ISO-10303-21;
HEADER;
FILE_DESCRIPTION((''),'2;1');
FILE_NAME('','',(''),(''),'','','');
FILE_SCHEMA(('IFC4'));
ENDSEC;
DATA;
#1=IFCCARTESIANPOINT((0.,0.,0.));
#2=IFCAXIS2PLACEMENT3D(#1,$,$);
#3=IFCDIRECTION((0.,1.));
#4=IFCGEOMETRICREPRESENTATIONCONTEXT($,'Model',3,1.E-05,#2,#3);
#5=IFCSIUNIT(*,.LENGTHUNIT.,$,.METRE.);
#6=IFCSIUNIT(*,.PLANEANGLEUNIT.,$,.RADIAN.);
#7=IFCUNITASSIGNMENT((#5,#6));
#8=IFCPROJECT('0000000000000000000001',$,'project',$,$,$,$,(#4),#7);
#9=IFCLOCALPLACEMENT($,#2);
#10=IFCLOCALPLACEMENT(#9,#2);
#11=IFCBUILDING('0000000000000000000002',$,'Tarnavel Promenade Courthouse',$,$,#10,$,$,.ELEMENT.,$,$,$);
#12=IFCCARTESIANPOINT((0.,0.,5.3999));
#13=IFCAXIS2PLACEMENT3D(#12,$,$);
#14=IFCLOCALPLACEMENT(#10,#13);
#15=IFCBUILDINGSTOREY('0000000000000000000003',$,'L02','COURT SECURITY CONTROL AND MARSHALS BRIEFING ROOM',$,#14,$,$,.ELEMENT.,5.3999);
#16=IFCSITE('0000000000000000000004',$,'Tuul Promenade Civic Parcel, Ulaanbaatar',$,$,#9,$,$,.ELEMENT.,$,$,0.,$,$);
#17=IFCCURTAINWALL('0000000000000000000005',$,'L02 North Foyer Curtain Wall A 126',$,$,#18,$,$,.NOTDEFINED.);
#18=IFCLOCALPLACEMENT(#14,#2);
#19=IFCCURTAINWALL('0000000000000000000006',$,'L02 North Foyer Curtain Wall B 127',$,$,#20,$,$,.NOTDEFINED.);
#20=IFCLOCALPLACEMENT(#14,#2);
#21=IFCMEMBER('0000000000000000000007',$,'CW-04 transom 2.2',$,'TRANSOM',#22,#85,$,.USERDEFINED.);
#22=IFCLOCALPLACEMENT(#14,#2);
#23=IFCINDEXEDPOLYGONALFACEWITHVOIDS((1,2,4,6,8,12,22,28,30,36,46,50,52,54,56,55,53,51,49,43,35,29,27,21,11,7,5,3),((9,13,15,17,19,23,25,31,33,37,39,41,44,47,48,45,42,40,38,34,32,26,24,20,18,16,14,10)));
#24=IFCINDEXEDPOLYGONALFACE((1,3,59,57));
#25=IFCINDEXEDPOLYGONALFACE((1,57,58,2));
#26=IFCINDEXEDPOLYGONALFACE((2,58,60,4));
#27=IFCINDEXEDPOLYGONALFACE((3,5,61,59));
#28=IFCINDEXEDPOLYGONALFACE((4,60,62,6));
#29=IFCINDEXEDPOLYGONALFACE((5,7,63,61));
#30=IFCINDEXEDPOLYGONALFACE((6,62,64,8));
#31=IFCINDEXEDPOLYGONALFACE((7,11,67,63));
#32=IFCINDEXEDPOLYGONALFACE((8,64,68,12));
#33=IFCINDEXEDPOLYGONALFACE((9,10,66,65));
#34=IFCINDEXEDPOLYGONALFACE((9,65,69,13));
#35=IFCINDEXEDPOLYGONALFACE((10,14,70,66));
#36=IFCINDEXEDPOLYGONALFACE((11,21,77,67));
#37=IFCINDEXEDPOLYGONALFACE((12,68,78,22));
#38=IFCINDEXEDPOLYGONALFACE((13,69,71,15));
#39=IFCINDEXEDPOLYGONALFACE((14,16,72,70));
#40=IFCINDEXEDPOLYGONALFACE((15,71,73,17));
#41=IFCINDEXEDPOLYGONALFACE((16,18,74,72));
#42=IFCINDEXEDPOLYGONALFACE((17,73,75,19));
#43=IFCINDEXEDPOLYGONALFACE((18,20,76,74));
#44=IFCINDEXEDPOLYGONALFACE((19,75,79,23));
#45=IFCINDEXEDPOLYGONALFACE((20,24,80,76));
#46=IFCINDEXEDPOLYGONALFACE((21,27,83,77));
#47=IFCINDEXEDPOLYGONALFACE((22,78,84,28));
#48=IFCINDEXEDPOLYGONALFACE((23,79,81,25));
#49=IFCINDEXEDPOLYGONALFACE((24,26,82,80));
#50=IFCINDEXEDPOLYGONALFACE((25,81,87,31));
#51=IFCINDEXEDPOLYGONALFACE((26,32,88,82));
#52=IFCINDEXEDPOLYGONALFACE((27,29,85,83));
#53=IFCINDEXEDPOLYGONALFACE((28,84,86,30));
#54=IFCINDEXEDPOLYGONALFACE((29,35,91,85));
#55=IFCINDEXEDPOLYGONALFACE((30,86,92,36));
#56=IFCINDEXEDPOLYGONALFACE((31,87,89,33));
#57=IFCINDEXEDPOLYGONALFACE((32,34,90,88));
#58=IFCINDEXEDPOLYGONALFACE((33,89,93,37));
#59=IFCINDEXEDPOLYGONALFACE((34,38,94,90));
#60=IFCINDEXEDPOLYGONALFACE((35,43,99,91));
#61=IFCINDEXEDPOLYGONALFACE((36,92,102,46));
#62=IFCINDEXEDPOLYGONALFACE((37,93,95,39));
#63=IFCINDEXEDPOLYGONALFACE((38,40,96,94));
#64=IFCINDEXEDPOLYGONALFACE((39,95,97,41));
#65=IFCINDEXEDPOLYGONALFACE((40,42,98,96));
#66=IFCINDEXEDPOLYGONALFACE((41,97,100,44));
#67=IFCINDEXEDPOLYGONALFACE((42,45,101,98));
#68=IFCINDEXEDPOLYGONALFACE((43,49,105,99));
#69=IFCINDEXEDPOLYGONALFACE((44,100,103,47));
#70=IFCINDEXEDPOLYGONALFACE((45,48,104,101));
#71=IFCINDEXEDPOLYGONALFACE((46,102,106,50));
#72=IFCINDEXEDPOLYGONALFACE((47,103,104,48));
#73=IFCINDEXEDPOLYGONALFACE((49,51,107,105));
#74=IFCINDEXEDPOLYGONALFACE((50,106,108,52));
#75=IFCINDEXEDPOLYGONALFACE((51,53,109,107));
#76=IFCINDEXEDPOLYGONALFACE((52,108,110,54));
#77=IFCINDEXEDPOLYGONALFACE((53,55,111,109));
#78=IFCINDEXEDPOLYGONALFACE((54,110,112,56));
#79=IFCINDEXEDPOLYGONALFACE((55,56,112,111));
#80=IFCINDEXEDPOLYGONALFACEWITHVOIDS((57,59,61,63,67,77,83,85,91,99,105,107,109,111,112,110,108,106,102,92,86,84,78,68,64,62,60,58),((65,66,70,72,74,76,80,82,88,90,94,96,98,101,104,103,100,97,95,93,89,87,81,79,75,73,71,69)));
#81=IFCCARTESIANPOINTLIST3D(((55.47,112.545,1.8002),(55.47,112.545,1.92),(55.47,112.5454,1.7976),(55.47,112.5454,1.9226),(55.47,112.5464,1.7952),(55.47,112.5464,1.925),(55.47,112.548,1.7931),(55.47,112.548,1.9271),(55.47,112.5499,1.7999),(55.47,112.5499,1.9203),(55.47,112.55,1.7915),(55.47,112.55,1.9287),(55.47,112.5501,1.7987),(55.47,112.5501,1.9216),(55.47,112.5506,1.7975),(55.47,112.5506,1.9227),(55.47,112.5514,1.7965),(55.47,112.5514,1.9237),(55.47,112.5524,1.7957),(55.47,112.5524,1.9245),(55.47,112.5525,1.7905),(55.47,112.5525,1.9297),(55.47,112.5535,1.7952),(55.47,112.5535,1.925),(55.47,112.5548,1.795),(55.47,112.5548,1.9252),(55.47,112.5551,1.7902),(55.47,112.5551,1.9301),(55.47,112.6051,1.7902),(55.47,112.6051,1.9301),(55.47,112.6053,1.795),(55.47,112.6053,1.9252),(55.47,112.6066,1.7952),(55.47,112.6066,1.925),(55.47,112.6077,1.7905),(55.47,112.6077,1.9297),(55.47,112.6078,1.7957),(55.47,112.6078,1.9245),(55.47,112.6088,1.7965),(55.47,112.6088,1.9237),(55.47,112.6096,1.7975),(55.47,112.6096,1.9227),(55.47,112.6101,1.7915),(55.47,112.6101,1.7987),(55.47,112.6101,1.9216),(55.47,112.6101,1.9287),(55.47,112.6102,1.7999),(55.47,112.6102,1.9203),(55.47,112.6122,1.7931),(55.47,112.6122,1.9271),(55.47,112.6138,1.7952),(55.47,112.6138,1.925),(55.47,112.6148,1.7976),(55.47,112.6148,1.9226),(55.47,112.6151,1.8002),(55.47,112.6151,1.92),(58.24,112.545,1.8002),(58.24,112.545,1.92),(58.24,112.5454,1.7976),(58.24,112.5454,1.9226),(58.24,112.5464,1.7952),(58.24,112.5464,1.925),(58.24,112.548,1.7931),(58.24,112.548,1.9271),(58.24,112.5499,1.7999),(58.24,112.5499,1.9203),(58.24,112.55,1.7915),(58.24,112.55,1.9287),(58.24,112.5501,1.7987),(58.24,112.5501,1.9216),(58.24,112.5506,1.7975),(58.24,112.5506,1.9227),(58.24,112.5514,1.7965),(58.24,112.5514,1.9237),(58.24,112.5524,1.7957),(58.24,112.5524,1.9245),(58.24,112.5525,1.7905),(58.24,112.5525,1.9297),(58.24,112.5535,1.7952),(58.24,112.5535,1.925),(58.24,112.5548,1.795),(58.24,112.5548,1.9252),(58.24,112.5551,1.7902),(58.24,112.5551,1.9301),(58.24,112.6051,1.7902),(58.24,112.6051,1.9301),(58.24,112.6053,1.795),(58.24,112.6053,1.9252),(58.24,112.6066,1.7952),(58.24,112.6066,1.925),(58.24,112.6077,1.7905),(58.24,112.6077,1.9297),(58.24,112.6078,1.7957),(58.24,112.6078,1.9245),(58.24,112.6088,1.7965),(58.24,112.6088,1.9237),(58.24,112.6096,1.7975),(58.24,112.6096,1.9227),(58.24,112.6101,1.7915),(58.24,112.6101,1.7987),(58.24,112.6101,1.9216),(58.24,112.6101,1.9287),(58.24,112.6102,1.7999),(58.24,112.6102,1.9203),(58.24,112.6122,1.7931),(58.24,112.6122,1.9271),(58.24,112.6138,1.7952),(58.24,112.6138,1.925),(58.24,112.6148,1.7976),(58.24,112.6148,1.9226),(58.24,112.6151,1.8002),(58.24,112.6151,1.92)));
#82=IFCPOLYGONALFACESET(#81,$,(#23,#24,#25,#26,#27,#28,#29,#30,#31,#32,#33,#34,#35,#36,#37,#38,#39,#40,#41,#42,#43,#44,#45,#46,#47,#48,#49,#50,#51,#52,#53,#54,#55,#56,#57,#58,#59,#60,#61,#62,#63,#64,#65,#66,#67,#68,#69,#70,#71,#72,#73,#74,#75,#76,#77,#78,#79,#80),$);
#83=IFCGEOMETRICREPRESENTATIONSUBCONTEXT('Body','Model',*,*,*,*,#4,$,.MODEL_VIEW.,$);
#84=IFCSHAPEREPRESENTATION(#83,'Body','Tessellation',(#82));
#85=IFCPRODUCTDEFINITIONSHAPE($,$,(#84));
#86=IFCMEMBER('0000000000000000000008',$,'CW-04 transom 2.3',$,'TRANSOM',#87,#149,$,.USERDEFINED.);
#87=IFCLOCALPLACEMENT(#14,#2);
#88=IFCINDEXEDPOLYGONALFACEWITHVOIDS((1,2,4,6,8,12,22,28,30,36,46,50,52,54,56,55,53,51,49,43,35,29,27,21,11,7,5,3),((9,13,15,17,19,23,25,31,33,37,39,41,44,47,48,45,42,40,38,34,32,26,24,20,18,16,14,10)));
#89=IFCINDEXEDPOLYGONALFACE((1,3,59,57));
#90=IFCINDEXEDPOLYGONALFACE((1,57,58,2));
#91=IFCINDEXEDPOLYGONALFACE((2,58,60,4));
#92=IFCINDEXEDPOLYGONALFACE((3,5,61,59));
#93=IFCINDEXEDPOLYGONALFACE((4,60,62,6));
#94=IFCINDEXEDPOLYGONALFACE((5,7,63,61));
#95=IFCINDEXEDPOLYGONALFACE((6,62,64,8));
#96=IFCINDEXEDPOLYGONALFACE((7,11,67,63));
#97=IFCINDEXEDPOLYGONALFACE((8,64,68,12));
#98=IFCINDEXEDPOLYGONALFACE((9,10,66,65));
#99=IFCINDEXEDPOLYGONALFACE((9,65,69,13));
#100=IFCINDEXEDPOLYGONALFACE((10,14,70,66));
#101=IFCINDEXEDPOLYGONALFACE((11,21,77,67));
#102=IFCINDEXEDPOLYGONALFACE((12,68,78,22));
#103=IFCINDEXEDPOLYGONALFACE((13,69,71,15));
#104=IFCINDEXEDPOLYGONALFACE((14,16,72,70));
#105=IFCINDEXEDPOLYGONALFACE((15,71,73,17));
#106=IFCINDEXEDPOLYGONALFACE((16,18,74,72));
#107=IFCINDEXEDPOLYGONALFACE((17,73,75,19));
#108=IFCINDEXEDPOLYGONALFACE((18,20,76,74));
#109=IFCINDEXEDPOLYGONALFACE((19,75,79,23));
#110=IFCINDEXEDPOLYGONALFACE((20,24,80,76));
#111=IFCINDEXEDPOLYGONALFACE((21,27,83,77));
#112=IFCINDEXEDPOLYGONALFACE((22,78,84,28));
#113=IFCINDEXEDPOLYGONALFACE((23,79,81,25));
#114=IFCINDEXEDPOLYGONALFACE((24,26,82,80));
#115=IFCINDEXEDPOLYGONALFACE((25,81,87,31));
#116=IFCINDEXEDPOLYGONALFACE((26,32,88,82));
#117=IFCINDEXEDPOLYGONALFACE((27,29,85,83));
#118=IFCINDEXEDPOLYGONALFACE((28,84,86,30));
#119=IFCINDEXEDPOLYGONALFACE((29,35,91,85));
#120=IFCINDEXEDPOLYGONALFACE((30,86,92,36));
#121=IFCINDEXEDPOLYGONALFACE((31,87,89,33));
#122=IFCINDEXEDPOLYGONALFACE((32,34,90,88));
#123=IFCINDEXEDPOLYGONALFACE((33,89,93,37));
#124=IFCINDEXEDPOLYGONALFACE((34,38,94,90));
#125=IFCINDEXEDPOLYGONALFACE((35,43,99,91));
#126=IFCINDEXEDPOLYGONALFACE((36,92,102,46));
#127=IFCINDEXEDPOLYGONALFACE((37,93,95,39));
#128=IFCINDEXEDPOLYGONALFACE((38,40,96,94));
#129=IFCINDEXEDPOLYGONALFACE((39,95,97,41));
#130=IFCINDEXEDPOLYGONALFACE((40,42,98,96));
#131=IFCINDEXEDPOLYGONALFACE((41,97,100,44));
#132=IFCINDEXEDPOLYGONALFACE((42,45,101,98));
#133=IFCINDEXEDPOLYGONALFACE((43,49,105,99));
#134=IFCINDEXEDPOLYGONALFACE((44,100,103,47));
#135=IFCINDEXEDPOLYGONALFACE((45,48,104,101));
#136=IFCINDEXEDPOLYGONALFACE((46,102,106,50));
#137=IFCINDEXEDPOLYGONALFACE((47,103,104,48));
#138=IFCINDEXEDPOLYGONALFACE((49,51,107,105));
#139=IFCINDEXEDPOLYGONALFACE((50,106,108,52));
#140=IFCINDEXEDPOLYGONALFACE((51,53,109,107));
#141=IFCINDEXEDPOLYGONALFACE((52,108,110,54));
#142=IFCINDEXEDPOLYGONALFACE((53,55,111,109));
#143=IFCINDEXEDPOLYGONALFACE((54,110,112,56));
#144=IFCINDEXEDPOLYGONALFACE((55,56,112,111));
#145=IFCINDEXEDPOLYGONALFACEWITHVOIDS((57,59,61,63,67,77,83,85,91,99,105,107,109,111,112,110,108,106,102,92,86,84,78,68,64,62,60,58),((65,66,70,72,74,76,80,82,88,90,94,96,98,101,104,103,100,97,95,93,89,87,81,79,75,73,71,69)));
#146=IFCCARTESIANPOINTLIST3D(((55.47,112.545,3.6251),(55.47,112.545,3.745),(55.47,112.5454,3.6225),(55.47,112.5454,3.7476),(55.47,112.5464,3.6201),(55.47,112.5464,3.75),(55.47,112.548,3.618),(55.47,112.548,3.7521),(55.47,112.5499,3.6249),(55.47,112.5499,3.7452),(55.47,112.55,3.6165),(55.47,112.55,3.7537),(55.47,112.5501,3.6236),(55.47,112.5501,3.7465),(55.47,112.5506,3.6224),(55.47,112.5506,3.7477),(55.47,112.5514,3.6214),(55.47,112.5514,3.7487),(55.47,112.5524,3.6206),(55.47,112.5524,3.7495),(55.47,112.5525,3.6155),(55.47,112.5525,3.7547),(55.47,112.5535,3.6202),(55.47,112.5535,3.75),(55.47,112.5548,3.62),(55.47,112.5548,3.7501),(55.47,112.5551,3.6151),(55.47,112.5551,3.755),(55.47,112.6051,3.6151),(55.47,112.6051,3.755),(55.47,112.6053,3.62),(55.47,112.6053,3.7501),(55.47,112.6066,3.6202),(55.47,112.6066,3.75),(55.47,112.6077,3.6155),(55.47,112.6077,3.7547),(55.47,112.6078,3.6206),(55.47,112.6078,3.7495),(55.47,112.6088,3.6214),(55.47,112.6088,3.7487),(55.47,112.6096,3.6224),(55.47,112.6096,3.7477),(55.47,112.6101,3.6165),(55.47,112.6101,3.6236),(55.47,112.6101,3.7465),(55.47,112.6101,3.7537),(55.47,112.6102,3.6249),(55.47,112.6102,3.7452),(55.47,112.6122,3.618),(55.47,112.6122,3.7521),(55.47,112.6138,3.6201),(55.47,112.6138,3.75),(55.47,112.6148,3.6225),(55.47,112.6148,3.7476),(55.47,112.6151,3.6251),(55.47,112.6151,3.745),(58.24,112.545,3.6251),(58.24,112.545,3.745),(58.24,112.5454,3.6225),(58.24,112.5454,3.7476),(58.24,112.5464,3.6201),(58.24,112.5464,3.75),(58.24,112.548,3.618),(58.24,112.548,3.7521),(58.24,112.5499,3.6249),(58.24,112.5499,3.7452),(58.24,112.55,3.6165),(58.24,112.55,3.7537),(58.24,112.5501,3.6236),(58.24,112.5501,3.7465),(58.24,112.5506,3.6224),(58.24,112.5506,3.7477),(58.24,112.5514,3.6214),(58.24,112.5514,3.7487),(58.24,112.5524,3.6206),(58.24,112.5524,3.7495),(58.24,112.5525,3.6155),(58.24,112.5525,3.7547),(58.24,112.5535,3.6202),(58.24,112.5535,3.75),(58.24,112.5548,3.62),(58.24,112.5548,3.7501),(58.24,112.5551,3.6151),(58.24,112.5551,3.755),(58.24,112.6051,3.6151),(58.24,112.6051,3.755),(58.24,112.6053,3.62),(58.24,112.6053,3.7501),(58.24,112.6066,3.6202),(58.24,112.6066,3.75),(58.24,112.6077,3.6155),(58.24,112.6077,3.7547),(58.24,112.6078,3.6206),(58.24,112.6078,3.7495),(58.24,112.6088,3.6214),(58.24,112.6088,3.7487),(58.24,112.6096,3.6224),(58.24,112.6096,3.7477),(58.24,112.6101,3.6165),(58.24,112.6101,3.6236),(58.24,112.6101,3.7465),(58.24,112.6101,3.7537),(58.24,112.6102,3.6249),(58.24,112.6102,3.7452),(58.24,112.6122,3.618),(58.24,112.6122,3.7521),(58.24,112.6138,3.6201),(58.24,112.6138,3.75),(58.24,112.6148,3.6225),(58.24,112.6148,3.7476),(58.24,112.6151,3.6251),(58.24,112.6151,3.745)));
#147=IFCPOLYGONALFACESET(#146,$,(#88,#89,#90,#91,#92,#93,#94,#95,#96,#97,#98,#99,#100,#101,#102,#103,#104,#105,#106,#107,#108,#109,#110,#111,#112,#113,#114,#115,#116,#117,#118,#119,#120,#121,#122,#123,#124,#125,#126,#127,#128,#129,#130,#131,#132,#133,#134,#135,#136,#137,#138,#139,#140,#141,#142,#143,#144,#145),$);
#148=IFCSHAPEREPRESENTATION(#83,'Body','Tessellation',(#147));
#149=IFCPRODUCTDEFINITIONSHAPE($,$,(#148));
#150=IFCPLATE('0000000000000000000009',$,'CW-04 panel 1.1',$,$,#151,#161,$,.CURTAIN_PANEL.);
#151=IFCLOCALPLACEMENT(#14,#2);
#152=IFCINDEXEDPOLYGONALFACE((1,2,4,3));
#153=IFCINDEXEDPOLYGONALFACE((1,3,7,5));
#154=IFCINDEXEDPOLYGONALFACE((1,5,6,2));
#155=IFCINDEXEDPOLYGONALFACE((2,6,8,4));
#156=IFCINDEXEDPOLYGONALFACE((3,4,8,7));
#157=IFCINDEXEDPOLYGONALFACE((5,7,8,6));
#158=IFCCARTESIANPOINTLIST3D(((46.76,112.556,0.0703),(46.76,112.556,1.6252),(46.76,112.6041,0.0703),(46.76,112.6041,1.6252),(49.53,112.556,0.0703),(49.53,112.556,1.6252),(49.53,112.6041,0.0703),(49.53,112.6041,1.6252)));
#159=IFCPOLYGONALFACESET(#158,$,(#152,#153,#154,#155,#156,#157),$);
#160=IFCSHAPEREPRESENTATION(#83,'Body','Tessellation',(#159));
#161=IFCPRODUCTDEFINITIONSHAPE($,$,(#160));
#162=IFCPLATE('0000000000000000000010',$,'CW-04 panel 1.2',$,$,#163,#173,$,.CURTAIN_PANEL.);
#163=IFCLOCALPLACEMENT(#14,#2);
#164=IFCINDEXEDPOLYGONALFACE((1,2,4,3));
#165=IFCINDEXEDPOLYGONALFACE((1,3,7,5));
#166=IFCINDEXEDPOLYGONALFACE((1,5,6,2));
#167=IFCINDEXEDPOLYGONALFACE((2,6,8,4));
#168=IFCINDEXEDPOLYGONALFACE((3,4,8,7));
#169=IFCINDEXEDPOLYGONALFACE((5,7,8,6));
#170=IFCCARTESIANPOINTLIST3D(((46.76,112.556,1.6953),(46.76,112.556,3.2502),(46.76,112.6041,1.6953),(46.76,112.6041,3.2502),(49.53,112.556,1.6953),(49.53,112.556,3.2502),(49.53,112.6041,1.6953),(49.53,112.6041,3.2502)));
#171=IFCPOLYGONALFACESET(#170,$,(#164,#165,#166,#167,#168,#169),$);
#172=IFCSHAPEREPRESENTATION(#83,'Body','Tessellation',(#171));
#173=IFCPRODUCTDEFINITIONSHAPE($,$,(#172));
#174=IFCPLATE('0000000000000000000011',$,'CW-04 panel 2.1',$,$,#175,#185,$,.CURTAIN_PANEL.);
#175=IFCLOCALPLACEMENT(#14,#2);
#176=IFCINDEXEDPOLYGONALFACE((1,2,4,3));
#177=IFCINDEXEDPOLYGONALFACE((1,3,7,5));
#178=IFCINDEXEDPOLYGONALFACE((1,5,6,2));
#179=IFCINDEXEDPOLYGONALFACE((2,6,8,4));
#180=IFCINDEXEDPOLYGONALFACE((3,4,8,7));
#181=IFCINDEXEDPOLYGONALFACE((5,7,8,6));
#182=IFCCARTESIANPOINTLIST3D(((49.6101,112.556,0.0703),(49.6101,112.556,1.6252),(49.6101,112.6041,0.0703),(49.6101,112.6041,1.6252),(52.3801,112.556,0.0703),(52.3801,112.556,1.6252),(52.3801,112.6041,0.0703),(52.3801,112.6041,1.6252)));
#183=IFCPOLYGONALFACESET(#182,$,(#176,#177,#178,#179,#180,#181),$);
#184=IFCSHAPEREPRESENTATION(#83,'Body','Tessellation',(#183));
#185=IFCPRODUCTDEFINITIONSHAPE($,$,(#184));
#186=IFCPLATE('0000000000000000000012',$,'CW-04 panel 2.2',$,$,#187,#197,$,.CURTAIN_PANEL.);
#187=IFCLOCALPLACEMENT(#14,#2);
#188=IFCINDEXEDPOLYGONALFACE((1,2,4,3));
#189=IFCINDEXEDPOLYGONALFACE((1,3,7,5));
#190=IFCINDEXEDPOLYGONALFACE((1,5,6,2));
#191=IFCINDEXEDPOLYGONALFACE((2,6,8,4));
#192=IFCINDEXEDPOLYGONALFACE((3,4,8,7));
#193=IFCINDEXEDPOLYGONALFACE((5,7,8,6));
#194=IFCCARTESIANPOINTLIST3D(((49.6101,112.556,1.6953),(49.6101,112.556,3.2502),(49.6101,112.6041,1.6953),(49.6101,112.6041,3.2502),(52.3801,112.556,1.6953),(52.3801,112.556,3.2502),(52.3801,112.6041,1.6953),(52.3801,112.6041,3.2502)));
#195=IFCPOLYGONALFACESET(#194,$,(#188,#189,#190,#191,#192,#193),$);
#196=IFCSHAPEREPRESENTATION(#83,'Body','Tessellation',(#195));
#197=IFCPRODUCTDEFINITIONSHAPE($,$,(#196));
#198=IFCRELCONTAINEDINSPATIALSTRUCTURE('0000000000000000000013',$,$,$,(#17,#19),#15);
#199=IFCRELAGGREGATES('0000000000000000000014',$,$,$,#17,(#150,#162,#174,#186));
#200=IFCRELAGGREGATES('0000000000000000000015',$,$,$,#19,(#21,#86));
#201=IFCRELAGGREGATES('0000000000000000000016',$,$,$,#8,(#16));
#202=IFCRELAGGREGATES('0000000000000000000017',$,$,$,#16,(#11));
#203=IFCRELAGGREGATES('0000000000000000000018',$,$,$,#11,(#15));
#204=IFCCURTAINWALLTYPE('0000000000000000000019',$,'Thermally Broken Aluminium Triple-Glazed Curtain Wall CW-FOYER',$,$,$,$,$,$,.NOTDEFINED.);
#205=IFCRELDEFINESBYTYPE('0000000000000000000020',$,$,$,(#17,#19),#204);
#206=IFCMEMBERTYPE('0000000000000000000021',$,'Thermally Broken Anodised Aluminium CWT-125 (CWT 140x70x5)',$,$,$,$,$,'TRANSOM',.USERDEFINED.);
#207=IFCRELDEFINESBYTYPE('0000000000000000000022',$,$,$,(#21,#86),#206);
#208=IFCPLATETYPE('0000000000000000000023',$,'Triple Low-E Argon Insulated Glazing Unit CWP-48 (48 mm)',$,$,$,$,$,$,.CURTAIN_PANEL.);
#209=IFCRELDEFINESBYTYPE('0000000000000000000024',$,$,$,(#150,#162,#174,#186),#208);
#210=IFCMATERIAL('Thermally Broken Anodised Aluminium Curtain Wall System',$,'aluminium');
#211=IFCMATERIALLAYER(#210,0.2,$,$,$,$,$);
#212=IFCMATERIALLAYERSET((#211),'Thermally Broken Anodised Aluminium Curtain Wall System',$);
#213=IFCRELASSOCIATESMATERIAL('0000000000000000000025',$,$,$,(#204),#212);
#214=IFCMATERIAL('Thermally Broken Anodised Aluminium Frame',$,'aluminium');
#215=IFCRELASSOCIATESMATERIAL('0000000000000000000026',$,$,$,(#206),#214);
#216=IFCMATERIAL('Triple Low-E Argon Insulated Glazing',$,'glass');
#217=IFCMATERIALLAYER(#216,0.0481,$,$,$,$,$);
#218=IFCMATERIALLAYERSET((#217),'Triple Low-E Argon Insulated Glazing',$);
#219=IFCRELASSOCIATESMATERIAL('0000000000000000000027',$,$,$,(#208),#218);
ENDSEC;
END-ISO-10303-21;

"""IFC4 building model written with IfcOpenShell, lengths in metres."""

from ifc_helpers import new_model, si_unit, direction, frame, origin, origin_2d, place, context, subcontext, project, spatial, rectangle, hollow_rectangle, extrude, material, layer, layer_set, material_profile, profile_set, type_object, element, aggregate, save


model = new_model("IFC4")

# Units and contexts
model_context = context("Model", 3, precision=1e-05, world=origin(), true_north=direction((0.0, 1.0)))
body_context = subcontext(model_context, "Body", "Model", "MODEL_VIEW")
ifc_project = project(units=[si_unit("LENGTHUNIT", "METRE"), si_unit("PLANEANGLEUNIT", "RADIAN")], contexts=[model_context])

# Site, building, storey
site_placement = place(None, origin())
site = spatial("IfcSite", under=ifc_project, at=site_placement, Name="Tuul Promenade Civic Parcel, Ulaanbaatar", CompositionType="ELEMENT", RefElevation=0.0)
building_placement = place(site_placement, origin())
building = spatial("IfcBuilding", under=site, at=building_placement, Name="Tarnavel Promenade Courthouse", CompositionType="ELEMENT")
storey_placement = place(building_placement, frame((0.0, 0.0, 5.3999)))
storey = spatial("IfcBuildingStorey", under=building, at=storey_placement, Name="L02", Description="COURT SECURITY CONTROL AND MARSHALS BRIEFING ROOM", CompositionType="ELEMENT", Elevation=5.3999)

# Curtain walls
ifc_material_1 = material(Name="Thermally Broken Anodised Aluminium Curtain Wall System", Category="aluminium")
ifc_layer_1 = layer(ifc_material_1, 0.2)
ifc_layer_set_1 = layer_set([ifc_layer_1], Name="Thermally Broken Anodised Aluminium Curtain Wall System")
curtain_wall_type = type_object("IfcCurtainWallType", Name="Thermally Broken Aluminium Triple-Glazed Curtain Wall CW-FOYER", PredefinedType="NOTDEFINED", material=ifc_layer_set_1)
curtain_wall_1_placement = place(storey_placement, origin())
curtain_wall_1 = element("IfcCurtainWall", 1, at=curtain_wall_1_placement, inside=storey, type_object=curtain_wall_type, Name="L02 North Foyer Curtain Wall A 126", PredefinedType="NOTDEFINED")
ifc_material_2 = material(Name="Thermally Broken Anodised Aluminium Frame", Category="aluminium")
curtain_wall_2_placement = place(storey_placement, origin())
curtain_wall_2 = element("IfcCurtainWall", 2, at=curtain_wall_2_placement, inside=storey, type_object=curtain_wall_type, Name="L02 North Foyer Curtain Wall B 127", PredefinedType="NOTDEFINED")

# Members
ifc_material_profile_1 = material_profile(ifc_material_2, hollow_rectangle(XDim=0.0701, YDim=0.1399, WallThickness=0.0049, InnerFilletRadius=0.0049, OuterFilletRadius=0.01, at=origin_2d()), Name="CWT 140x70x5")
ifc_profile_set_1 = profile_set([ifc_material_profile_1], Name="Thermally Broken Anodised Aluminium Frame")
member_type_1 = type_object("IfcMemberType", Name="Thermally Broken Anodised Aluminium CWT-125 (CWT 140x70x5)", ElementType="TRANSOM", PredefinedType="USERDEFINED", material=ifc_profile_set_1)
member_1_placement = place(storey_placement, frame((55.47, 112.5801, 1.8601), z_axis=(1.0, 0.0, 0.0), x_axis=(0.0, 1.0, 0.0)))
member_1 = element("IfcMember", 3, at=member_1_placement, type_object=member_type_1, Name="CW-04 transom 2.2", ObjectType="TRANSOM", PredefinedType="USERDEFINED", context=body_context, shape_type="SweptSolid", body=[
    extrude(hollow_rectangle(XDim=0.0701, YDim=0.1399, WallThickness=0.0049, InnerFilletRadius=0.0049, OuterFilletRadius=0.01, at=origin_2d()), origin(), (0.0, 0.0, 1.0), 2.77),
])
member_2_placement = place(storey_placement, frame((55.47, 112.5801, 3.6851), z_axis=(1.0, 0.0, 0.0), x_axis=(0.0, 1.0, 0.0)))
member_2 = element("IfcMember", 4, at=member_2_placement, type_object=member_type_1, Name="CW-04 transom 2.3", ObjectType="TRANSOM", PredefinedType="USERDEFINED", context=body_context, shape_type="SweptSolid", body=[
    extrude(hollow_rectangle(XDim=0.0701, YDim=0.1399, WallThickness=0.0049, InnerFilletRadius=0.0049, OuterFilletRadius=0.01, at=origin_2d()), origin(), (0.0, 0.0, 1.0), 2.77),
])

# Plates
ifc_material_3 = material(Name="Triple Low-E Argon Insulated Glazing", Category="glass")
ifc_layer_2 = layer(ifc_material_3, 0.0481)
ifc_layer_set_2 = layer_set([ifc_layer_2], Name="Triple Low-E Argon Insulated Glazing")
plate_type = type_object("IfcPlateType", Name="Triple Low-E Argon Insulated Glazing Unit CWP-48 (48 mm)", PredefinedType="CURTAIN_PANEL", material=ifc_layer_set_2)
plate_1_placement = place(storey_placement, frame((48.145, 112.5801, 0.0703), z_axis=(0.0, 0.0, 1.0), x_axis=(1.0, 0.0, 0.0)))
plate_1 = element("IfcPlate", 5, at=plate_1_placement, type_object=plate_type, Name="CW-04 panel 1.1", PredefinedType="CURTAIN_PANEL", context=body_context, shape_type="SweptSolid", body=[
    extrude(rectangle(XDim=2.77, YDim=0.0481, at=origin_2d()), origin(), (0.0, 0.0, 1.0), 1.5549),
])
plate_2_placement = place(storey_placement, frame((48.145, 112.5801, 1.6953), z_axis=(0.0, 0.0, 1.0), x_axis=(1.0, 0.0, 0.0)))
plate_2 = element("IfcPlate", 6, at=plate_2_placement, type_object=plate_type, Name="CW-04 panel 1.2", PredefinedType="CURTAIN_PANEL", context=body_context, shape_type="SweptSolid", body=[
    extrude(rectangle(XDim=2.77, YDim=0.0481, at=origin_2d()), origin(), (0.0, 0.0, 1.0), 1.5549),
])
plate_3_placement = place(storey_placement, frame((50.9951, 112.5801, 0.0703), z_axis=(0.0, 0.0, 1.0), x_axis=(1.0, 0.0, 0.0)))
plate_3 = element("IfcPlate", 7, at=plate_3_placement, type_object=plate_type, Name="CW-04 panel 2.1", PredefinedType="CURTAIN_PANEL", context=body_context, shape_type="SweptSolid", body=[
    extrude(rectangle(XDim=2.77, YDim=0.0481, at=origin_2d()), origin(), (0.0, 0.0, 1.0), 1.5549),
])
plate_4_placement = place(storey_placement, frame((50.9951, 112.5801, 1.6953), z_axis=(0.0, 0.0, 1.0), x_axis=(1.0, 0.0, 0.0)))
plate_4 = element("IfcPlate", 8, at=plate_4_placement, type_object=plate_type, Name="CW-04 panel 2.2", PredefinedType="CURTAIN_PANEL", context=body_context, shape_type="SweptSolid", body=[
    extrude(rectangle(XDim=2.77, YDim=0.0481, at=origin_2d()), origin(), (0.0, 0.0, 1.0), 1.5549),
])
aggregate(curtain_wall_1, [plate_1, plate_2, plate_3, plate_4])
aggregate(curtain_wall_2, [member_1, member_2])

save(model, "model.ifc")
